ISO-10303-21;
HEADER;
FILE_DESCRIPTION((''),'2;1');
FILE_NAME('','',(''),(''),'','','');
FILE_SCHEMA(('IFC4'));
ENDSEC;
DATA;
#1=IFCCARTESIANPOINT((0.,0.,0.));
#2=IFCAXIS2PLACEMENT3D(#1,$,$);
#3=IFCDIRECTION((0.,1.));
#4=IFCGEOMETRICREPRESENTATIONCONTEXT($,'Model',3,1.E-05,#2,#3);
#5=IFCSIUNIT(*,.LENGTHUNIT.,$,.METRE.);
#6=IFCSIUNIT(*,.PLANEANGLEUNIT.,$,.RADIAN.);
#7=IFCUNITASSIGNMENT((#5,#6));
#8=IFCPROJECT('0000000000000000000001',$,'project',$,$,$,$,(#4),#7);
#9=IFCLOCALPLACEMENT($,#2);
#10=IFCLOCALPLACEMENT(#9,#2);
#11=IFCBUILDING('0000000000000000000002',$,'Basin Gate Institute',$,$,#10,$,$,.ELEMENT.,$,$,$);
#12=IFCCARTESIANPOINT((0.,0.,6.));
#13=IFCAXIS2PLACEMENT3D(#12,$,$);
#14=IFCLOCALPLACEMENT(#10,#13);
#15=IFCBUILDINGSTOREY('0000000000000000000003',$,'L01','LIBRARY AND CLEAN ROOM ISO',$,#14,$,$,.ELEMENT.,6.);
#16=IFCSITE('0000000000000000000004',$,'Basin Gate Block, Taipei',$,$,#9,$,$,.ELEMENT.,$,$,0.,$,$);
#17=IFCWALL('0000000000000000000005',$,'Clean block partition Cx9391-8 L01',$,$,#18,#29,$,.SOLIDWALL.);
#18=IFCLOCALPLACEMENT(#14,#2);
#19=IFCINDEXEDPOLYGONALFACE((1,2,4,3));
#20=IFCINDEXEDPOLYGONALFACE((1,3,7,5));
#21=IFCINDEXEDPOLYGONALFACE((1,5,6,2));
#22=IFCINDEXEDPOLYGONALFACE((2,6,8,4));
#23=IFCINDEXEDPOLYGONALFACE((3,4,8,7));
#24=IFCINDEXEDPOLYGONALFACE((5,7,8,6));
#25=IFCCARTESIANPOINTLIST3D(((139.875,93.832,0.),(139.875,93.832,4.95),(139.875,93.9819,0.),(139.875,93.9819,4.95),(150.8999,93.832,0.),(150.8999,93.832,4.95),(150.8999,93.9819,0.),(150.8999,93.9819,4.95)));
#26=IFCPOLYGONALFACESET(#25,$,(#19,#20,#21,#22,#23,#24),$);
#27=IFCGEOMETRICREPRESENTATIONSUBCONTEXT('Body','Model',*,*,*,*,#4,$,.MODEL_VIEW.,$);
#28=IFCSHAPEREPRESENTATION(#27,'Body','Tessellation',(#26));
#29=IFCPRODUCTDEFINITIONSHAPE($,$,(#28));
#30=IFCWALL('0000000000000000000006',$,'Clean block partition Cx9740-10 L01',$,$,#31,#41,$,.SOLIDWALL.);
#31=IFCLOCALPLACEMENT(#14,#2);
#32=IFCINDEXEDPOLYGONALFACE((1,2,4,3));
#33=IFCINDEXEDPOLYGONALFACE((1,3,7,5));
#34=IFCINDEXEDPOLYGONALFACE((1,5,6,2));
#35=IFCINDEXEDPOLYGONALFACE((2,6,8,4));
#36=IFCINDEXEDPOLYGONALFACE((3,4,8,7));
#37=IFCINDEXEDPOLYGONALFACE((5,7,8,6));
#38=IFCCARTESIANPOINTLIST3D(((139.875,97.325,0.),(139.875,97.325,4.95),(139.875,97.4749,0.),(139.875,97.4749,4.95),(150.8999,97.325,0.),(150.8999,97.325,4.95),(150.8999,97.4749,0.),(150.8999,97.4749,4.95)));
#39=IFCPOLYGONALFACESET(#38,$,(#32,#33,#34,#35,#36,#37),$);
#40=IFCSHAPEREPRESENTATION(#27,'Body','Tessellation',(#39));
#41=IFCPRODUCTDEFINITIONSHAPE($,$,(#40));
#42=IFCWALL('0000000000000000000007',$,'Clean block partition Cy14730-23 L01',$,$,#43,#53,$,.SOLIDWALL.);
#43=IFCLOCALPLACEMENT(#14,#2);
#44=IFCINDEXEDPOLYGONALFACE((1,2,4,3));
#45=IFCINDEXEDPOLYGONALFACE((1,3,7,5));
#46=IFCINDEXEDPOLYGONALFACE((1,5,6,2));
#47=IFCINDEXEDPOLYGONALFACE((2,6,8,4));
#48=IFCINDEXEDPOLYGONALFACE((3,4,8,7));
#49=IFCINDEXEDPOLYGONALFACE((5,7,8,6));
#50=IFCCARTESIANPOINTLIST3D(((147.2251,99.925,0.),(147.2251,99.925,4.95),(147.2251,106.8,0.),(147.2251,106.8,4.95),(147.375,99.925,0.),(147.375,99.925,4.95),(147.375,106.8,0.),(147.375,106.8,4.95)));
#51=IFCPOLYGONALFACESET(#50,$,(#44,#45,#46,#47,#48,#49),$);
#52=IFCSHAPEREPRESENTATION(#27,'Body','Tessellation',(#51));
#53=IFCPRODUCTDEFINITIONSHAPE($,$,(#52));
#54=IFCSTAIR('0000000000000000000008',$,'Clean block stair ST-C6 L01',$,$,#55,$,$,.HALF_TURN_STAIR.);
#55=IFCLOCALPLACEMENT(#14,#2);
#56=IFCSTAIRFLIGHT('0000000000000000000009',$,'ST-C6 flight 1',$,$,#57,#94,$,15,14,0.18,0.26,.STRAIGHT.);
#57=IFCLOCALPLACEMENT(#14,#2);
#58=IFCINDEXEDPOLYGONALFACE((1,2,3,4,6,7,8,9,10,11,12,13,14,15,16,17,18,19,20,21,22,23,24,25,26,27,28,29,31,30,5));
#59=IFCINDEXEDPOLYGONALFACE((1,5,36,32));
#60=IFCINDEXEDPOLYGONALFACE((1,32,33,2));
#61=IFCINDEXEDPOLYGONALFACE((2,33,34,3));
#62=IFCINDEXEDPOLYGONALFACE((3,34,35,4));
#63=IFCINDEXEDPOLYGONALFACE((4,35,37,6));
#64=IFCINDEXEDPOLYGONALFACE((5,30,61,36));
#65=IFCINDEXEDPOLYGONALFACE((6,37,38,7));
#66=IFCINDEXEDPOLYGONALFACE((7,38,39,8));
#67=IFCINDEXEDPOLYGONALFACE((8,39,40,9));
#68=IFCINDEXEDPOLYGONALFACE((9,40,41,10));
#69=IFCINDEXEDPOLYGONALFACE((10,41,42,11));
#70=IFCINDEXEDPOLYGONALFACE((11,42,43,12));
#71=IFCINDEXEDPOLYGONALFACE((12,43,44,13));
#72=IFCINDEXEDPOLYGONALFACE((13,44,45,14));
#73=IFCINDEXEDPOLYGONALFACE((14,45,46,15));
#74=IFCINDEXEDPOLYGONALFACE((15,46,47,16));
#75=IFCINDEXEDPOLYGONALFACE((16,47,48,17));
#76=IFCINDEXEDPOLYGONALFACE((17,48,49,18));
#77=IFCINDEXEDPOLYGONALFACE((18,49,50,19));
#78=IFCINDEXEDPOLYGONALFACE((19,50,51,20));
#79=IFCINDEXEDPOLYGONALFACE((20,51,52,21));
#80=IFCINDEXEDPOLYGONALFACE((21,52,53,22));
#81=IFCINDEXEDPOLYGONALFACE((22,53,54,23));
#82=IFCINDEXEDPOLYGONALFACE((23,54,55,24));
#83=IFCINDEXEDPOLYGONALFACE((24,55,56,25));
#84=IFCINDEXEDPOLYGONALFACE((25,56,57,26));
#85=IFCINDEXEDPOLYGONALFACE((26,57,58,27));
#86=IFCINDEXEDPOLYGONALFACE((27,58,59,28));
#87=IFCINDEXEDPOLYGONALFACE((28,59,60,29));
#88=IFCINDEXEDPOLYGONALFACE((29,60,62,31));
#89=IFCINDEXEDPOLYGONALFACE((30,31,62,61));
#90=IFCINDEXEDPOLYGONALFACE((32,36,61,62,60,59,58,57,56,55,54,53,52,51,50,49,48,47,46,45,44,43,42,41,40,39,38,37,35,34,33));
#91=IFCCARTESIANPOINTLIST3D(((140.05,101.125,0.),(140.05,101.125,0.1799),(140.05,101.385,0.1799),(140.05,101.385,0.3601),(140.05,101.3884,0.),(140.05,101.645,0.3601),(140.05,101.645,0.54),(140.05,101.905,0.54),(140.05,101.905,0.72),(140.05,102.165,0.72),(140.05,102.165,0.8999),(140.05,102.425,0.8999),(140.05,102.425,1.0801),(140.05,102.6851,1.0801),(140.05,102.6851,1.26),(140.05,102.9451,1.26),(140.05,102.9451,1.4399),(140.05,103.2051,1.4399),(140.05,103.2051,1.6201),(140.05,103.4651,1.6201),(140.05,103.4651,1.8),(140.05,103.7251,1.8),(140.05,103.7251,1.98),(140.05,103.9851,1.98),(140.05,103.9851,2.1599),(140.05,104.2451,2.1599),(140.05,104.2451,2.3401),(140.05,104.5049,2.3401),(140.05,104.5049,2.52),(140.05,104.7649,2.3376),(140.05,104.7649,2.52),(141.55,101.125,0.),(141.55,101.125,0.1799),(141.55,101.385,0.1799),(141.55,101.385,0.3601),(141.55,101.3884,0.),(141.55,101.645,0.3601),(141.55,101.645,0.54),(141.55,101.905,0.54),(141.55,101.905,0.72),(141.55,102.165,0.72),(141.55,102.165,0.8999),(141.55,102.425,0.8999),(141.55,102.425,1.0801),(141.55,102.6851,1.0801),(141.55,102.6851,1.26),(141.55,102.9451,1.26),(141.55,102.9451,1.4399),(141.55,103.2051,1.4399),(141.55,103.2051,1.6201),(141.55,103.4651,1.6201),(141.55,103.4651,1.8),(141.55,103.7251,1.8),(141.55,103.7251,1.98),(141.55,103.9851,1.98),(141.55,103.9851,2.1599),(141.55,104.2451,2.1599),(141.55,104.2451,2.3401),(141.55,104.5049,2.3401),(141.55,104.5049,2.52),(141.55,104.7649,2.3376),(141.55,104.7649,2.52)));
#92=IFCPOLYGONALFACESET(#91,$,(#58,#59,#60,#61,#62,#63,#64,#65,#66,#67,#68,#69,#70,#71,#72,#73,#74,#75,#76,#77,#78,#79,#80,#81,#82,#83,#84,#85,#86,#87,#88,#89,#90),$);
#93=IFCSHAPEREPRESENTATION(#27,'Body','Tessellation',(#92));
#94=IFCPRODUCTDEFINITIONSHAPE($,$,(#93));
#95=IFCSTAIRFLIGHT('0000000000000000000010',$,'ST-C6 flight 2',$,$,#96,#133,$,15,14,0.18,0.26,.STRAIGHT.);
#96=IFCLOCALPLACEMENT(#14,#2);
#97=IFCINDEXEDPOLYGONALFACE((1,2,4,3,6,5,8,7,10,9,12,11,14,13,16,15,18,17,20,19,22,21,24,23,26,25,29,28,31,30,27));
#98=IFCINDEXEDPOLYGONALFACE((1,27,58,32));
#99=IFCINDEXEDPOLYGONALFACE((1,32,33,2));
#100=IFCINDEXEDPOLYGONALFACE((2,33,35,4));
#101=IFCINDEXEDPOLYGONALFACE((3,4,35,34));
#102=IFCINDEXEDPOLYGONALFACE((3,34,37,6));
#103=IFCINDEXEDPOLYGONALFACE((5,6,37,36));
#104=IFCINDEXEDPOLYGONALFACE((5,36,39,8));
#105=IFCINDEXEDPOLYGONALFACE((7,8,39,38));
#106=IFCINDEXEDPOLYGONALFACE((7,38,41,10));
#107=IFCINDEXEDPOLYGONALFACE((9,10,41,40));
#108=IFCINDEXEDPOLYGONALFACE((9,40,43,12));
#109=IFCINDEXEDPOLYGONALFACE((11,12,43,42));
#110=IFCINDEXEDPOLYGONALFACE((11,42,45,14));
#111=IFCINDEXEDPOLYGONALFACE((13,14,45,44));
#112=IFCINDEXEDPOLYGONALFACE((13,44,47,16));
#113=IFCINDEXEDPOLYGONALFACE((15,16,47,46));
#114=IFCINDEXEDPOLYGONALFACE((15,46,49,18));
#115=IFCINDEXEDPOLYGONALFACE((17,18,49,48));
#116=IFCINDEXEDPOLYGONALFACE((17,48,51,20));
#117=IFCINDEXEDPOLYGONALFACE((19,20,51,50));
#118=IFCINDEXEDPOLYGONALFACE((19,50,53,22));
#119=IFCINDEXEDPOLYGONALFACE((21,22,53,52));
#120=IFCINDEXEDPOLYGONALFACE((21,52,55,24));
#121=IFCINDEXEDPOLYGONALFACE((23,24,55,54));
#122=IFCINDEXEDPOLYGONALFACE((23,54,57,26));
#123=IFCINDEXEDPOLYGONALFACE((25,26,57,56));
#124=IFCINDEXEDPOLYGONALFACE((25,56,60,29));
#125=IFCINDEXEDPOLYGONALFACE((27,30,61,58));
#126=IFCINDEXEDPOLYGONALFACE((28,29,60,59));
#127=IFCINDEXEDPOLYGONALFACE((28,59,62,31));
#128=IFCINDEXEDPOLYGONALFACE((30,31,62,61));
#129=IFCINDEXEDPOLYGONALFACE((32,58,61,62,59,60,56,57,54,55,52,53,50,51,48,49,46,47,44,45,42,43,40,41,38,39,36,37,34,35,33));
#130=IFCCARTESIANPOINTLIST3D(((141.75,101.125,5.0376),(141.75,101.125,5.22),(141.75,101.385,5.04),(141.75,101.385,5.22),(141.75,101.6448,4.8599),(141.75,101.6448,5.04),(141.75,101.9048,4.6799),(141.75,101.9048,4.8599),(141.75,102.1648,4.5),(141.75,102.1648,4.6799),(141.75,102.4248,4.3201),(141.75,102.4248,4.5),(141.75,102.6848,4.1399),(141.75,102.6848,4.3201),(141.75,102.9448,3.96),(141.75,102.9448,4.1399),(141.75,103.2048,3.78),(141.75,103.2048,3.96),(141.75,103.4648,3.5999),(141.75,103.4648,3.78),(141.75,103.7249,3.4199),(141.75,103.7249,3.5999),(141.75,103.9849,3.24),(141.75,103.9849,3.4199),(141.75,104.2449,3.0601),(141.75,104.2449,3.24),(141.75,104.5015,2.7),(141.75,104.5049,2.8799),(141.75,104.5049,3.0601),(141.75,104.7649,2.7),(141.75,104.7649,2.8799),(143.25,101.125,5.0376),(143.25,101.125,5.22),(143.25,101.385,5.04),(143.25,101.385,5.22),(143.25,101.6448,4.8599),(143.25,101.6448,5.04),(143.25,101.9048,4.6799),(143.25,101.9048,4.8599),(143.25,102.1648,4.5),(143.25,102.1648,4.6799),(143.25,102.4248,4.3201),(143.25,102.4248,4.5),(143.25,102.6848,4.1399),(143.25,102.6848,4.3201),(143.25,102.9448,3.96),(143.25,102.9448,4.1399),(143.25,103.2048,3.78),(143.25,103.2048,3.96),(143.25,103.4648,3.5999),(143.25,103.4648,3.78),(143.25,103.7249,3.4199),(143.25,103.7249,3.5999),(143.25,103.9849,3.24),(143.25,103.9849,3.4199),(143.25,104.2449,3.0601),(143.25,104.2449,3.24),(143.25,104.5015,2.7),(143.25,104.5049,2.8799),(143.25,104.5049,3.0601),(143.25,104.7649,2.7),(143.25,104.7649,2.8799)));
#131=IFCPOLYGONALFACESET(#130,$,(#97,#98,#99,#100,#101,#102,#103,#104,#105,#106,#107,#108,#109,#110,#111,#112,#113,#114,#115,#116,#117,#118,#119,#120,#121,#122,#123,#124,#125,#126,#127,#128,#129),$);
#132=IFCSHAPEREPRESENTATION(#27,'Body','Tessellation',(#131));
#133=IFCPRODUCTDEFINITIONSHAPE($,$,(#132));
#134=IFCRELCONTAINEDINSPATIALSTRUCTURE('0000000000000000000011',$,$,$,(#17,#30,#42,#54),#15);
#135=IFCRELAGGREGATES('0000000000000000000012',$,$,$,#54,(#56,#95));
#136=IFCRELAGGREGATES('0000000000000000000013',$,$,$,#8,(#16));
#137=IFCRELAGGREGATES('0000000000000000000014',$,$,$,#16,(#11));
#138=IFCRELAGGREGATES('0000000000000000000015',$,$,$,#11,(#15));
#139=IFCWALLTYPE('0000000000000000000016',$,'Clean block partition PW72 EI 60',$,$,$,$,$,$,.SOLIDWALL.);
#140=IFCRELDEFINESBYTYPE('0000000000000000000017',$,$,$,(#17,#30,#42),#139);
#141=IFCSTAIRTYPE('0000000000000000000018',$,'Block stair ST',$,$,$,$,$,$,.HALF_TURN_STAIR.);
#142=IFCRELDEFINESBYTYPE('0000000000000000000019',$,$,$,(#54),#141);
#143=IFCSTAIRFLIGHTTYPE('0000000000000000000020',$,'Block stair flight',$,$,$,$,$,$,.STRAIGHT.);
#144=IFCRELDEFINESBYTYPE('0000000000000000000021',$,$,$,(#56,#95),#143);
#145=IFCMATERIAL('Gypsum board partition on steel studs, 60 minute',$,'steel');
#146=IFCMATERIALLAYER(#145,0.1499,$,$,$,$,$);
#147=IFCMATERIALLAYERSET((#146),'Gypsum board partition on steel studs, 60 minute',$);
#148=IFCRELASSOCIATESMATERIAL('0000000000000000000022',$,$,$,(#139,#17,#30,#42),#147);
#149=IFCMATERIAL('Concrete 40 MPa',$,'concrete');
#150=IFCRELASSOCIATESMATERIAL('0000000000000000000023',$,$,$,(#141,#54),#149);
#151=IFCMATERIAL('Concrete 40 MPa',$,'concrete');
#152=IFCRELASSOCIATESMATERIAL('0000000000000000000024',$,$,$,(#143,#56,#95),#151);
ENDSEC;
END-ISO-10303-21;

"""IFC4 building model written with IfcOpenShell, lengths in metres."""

from ifc_helpers import new_model, si_unit, direction, frame, frame_2d, origin, place, context, subcontext, project, spatial, polyline, rectangle, outline, extrude, material, layer, layer_set, type_object, element, aggregate, save


model = new_model("IFC4")

# Units and contexts
model_context = context("Model", 3, precision=1e-05, world=origin(), true_north=direction((0.0, 1.0)))
body_context = subcontext(model_context, "Body", "Model", "MODEL_VIEW")
ifc_project = project(units=[si_unit("LENGTHUNIT", "METRE"), si_unit("PLANEANGLEUNIT", "RADIAN")], contexts=[model_context])

# Site, building, storey
site_placement = place(None, origin())
site = spatial("IfcSite", under=ifc_project, at=site_placement, Name="Basin Gate Block, Taipei", CompositionType="ELEMENT", RefElevation=0.0)
building_placement = place(site_placement, origin())
building = spatial("IfcBuilding", under=site, at=building_placement, Name="Basin Gate Institute", CompositionType="ELEMENT")
storey_placement = place(building_placement, frame((0.0, 0.0, 6.0)))
storey = spatial("IfcBuildingStorey", under=building, at=storey_placement, Name="L01", Description="LIBRARY AND CLEAN ROOM ISO", CompositionType="ELEMENT", Elevation=6.0)

# Walls
ifc_material_1 = material(Name="Gypsum board partition on steel studs, 60 minute", Category="steel")
ifc_layer_1 = layer(ifc_material_1, 0.1499)
ifc_layer_set_1 = layer_set([ifc_layer_1], Name="Gypsum board partition on steel studs, 60 minute")
wall_type_1 = type_object("IfcWallType", Name="Clean block partition PW72 EI 60", PredefinedType="SOLIDWALL", material=ifc_layer_set_1)
for number, where, z_axis, x_axis, name in (
    (1, (139.875, 93.907, 0.0), (0.0, 0.0, 1.0), (1.0, 0.0, 0.0), "Clean block partition Cx9391-8 L01"),
    (2, (139.875, 97.3999, 0.0), (0.0, 0.0, 1.0), (1.0, 0.0, 0.0), "Clean block partition Cx9740-10 L01"),
):
    element("IfcWall", number, at=place(storey_placement, frame(where, z_axis=z_axis, x_axis=x_axis)), inside=storey, type_object=wall_type_1, material=ifc_layer_set_1, Name=name, PredefinedType="SOLIDWALL", context=body_context, shape_type="SweptSolid", body=[
        extrude(rectangle(XDim=11.0249, YDim=0.1499, at=frame_2d((5.5125, 0.0))), origin(), (0.0, 0.0, 1.0), 4.95),
    ])
wall_1_placement = place(storey_placement, frame((147.3, 99.925, 0.0), z_axis=(0.0, 0.0, 1.0), x_axis=(0.0, 1.0, 0.0)))
element("IfcWall", 3, at=wall_1_placement, inside=storey, type_object=wall_type_1, material=ifc_layer_set_1, Name="Clean block partition Cy14730-23 L01", PredefinedType="SOLIDWALL", context=body_context, shape_type="SweptSolid", body=[
    extrude(rectangle(XDim=6.875, YDim=0.1499, at=frame_2d((3.4375, 0.0))), origin(), (0.0, 0.0, 1.0), 4.95),
])

# Stair, stair flights
ifc_material_2 = material(Name="Concrete 40 MPa", Category="concrete")
stair_type = type_object("IfcStairType", Name="Block stair ST", PredefinedType="HALF_TURN_STAIR", material=ifc_material_2)
stair_placement = place(storey_placement, origin())
stair = element("IfcStair", 4, at=stair_placement, inside=storey, type_object=stair_type, material=ifc_material_2, Name="Clean block stair ST-C6 L01", PredefinedType="HALF_TURN_STAIR")
ifc_material_3 = material(Name="Concrete 40 MPa", Category="concrete")
stair_flight_type = type_object("IfcStairFlightType", Name="Block stair flight", PredefinedType="STRAIGHT", material=ifc_material_3)
stair_flight_1_placement = place(storey_placement, frame((140.8, 101.125, 0.0), z_axis=(0.0, 0.0, 1.0), x_axis=(0.0, 1.0, 0.0)))
stair_flight_1 = element("IfcStairFlight", 5, at=stair_flight_1_placement, type_object=stair_flight_type, material=ifc_material_3, Name="ST-C6 flight 1", NumberOfRisers=15, NumberOfTreads=14, PredefinedType="STRAIGHT", RiserHeight=0.18, TreadLength=0.26, context=body_context, shape_type="SweptSolid", body=[
    extrude(outline(polyline([(0.0, 0.0), (0.0, 0.1799), (0.26, 0.1799), (0.26, 0.3601), (0.52, 0.3601), (0.52, 0.54), (0.78, 0.54), (0.78, 0.72), (1.04, 0.72), (1.04, 0.8999), (1.3, 0.8999), (1.3, 1.0801), (1.5601, 1.0801), (1.5601, 1.26), (1.8201, 1.26), (1.8201, 1.4399), (2.0801, 1.4399), (2.0801, 1.6201), (2.3401, 1.6201), (2.3401, 1.8), (2.6001, 1.8), (2.6001, 1.98), (2.8601, 1.98), (2.8601, 2.1599), (3.1201, 2.1599), (3.1201, 2.3401), (3.3799, 2.3401), (3.3799, 2.52), (3.6399, 2.52), (3.6399, 2.7), (3.6399, 2.3376), (0.2634, 0.0), (0.0, 0.0)])), frame((0.0, 0.75, 0.0), z_axis=(0.0, -1.0, 0.0), x_axis=(1.0, 0.0, 0.0)), (0.0, 0.0, 1.0), 1.5),
])
stair_flight_2_placement = place(storey_placement, frame((142.5, 104.7649, 2.7), z_axis=(0.0, 0.0, 1.0), x_axis=(0.0, -1.0, 0.0)))
stair_flight_2 = element("IfcStairFlight", 6, at=stair_flight_2_placement, type_object=stair_flight_type, material=ifc_material_3, Name="ST-C6 flight 2", NumberOfRisers=15, NumberOfTreads=14, PredefinedType="STRAIGHT", RiserHeight=0.18, TreadLength=0.26, context=body_context, shape_type="SweptSolid", body=[
    extrude(outline(polyline([(0.0, 0.0), (0.0, 0.1799), (0.26, 0.1799), (0.26, 0.3601), (0.52, 0.3601), (0.52, 0.54), (0.78, 0.54), (0.78, 0.72), (1.04, 0.72), (1.04, 0.8999), (1.3, 0.8999), (1.3, 1.0801), (1.5601, 1.0801), (1.5601, 1.26), (1.8201, 1.26), (1.8201, 1.4399), (2.0801, 1.4399), (2.0801, 1.6201), (2.3401, 1.6201), (2.3401, 1.8), (2.6001, 1.8), (2.6001, 1.98), (2.8601, 1.98), (2.8601, 2.1599), (3.1201, 2.1599), (3.1201, 2.3401), (3.3799, 2.3401), (3.3799, 2.52), (3.6399, 2.52), (3.6399, 2.7), (3.6399, 2.3376), (0.2634, 0.0), (0.0, 0.0)])), frame((0.0, 0.75, 0.0), z_axis=(0.0, -1.0, 0.0), x_axis=(1.0, 0.0, 0.0)), (0.0, 0.0, 1.0), 1.5),
])
aggregate(stair, [stair_flight_1, stair_flight_2])

save(model, "model.ifc")
